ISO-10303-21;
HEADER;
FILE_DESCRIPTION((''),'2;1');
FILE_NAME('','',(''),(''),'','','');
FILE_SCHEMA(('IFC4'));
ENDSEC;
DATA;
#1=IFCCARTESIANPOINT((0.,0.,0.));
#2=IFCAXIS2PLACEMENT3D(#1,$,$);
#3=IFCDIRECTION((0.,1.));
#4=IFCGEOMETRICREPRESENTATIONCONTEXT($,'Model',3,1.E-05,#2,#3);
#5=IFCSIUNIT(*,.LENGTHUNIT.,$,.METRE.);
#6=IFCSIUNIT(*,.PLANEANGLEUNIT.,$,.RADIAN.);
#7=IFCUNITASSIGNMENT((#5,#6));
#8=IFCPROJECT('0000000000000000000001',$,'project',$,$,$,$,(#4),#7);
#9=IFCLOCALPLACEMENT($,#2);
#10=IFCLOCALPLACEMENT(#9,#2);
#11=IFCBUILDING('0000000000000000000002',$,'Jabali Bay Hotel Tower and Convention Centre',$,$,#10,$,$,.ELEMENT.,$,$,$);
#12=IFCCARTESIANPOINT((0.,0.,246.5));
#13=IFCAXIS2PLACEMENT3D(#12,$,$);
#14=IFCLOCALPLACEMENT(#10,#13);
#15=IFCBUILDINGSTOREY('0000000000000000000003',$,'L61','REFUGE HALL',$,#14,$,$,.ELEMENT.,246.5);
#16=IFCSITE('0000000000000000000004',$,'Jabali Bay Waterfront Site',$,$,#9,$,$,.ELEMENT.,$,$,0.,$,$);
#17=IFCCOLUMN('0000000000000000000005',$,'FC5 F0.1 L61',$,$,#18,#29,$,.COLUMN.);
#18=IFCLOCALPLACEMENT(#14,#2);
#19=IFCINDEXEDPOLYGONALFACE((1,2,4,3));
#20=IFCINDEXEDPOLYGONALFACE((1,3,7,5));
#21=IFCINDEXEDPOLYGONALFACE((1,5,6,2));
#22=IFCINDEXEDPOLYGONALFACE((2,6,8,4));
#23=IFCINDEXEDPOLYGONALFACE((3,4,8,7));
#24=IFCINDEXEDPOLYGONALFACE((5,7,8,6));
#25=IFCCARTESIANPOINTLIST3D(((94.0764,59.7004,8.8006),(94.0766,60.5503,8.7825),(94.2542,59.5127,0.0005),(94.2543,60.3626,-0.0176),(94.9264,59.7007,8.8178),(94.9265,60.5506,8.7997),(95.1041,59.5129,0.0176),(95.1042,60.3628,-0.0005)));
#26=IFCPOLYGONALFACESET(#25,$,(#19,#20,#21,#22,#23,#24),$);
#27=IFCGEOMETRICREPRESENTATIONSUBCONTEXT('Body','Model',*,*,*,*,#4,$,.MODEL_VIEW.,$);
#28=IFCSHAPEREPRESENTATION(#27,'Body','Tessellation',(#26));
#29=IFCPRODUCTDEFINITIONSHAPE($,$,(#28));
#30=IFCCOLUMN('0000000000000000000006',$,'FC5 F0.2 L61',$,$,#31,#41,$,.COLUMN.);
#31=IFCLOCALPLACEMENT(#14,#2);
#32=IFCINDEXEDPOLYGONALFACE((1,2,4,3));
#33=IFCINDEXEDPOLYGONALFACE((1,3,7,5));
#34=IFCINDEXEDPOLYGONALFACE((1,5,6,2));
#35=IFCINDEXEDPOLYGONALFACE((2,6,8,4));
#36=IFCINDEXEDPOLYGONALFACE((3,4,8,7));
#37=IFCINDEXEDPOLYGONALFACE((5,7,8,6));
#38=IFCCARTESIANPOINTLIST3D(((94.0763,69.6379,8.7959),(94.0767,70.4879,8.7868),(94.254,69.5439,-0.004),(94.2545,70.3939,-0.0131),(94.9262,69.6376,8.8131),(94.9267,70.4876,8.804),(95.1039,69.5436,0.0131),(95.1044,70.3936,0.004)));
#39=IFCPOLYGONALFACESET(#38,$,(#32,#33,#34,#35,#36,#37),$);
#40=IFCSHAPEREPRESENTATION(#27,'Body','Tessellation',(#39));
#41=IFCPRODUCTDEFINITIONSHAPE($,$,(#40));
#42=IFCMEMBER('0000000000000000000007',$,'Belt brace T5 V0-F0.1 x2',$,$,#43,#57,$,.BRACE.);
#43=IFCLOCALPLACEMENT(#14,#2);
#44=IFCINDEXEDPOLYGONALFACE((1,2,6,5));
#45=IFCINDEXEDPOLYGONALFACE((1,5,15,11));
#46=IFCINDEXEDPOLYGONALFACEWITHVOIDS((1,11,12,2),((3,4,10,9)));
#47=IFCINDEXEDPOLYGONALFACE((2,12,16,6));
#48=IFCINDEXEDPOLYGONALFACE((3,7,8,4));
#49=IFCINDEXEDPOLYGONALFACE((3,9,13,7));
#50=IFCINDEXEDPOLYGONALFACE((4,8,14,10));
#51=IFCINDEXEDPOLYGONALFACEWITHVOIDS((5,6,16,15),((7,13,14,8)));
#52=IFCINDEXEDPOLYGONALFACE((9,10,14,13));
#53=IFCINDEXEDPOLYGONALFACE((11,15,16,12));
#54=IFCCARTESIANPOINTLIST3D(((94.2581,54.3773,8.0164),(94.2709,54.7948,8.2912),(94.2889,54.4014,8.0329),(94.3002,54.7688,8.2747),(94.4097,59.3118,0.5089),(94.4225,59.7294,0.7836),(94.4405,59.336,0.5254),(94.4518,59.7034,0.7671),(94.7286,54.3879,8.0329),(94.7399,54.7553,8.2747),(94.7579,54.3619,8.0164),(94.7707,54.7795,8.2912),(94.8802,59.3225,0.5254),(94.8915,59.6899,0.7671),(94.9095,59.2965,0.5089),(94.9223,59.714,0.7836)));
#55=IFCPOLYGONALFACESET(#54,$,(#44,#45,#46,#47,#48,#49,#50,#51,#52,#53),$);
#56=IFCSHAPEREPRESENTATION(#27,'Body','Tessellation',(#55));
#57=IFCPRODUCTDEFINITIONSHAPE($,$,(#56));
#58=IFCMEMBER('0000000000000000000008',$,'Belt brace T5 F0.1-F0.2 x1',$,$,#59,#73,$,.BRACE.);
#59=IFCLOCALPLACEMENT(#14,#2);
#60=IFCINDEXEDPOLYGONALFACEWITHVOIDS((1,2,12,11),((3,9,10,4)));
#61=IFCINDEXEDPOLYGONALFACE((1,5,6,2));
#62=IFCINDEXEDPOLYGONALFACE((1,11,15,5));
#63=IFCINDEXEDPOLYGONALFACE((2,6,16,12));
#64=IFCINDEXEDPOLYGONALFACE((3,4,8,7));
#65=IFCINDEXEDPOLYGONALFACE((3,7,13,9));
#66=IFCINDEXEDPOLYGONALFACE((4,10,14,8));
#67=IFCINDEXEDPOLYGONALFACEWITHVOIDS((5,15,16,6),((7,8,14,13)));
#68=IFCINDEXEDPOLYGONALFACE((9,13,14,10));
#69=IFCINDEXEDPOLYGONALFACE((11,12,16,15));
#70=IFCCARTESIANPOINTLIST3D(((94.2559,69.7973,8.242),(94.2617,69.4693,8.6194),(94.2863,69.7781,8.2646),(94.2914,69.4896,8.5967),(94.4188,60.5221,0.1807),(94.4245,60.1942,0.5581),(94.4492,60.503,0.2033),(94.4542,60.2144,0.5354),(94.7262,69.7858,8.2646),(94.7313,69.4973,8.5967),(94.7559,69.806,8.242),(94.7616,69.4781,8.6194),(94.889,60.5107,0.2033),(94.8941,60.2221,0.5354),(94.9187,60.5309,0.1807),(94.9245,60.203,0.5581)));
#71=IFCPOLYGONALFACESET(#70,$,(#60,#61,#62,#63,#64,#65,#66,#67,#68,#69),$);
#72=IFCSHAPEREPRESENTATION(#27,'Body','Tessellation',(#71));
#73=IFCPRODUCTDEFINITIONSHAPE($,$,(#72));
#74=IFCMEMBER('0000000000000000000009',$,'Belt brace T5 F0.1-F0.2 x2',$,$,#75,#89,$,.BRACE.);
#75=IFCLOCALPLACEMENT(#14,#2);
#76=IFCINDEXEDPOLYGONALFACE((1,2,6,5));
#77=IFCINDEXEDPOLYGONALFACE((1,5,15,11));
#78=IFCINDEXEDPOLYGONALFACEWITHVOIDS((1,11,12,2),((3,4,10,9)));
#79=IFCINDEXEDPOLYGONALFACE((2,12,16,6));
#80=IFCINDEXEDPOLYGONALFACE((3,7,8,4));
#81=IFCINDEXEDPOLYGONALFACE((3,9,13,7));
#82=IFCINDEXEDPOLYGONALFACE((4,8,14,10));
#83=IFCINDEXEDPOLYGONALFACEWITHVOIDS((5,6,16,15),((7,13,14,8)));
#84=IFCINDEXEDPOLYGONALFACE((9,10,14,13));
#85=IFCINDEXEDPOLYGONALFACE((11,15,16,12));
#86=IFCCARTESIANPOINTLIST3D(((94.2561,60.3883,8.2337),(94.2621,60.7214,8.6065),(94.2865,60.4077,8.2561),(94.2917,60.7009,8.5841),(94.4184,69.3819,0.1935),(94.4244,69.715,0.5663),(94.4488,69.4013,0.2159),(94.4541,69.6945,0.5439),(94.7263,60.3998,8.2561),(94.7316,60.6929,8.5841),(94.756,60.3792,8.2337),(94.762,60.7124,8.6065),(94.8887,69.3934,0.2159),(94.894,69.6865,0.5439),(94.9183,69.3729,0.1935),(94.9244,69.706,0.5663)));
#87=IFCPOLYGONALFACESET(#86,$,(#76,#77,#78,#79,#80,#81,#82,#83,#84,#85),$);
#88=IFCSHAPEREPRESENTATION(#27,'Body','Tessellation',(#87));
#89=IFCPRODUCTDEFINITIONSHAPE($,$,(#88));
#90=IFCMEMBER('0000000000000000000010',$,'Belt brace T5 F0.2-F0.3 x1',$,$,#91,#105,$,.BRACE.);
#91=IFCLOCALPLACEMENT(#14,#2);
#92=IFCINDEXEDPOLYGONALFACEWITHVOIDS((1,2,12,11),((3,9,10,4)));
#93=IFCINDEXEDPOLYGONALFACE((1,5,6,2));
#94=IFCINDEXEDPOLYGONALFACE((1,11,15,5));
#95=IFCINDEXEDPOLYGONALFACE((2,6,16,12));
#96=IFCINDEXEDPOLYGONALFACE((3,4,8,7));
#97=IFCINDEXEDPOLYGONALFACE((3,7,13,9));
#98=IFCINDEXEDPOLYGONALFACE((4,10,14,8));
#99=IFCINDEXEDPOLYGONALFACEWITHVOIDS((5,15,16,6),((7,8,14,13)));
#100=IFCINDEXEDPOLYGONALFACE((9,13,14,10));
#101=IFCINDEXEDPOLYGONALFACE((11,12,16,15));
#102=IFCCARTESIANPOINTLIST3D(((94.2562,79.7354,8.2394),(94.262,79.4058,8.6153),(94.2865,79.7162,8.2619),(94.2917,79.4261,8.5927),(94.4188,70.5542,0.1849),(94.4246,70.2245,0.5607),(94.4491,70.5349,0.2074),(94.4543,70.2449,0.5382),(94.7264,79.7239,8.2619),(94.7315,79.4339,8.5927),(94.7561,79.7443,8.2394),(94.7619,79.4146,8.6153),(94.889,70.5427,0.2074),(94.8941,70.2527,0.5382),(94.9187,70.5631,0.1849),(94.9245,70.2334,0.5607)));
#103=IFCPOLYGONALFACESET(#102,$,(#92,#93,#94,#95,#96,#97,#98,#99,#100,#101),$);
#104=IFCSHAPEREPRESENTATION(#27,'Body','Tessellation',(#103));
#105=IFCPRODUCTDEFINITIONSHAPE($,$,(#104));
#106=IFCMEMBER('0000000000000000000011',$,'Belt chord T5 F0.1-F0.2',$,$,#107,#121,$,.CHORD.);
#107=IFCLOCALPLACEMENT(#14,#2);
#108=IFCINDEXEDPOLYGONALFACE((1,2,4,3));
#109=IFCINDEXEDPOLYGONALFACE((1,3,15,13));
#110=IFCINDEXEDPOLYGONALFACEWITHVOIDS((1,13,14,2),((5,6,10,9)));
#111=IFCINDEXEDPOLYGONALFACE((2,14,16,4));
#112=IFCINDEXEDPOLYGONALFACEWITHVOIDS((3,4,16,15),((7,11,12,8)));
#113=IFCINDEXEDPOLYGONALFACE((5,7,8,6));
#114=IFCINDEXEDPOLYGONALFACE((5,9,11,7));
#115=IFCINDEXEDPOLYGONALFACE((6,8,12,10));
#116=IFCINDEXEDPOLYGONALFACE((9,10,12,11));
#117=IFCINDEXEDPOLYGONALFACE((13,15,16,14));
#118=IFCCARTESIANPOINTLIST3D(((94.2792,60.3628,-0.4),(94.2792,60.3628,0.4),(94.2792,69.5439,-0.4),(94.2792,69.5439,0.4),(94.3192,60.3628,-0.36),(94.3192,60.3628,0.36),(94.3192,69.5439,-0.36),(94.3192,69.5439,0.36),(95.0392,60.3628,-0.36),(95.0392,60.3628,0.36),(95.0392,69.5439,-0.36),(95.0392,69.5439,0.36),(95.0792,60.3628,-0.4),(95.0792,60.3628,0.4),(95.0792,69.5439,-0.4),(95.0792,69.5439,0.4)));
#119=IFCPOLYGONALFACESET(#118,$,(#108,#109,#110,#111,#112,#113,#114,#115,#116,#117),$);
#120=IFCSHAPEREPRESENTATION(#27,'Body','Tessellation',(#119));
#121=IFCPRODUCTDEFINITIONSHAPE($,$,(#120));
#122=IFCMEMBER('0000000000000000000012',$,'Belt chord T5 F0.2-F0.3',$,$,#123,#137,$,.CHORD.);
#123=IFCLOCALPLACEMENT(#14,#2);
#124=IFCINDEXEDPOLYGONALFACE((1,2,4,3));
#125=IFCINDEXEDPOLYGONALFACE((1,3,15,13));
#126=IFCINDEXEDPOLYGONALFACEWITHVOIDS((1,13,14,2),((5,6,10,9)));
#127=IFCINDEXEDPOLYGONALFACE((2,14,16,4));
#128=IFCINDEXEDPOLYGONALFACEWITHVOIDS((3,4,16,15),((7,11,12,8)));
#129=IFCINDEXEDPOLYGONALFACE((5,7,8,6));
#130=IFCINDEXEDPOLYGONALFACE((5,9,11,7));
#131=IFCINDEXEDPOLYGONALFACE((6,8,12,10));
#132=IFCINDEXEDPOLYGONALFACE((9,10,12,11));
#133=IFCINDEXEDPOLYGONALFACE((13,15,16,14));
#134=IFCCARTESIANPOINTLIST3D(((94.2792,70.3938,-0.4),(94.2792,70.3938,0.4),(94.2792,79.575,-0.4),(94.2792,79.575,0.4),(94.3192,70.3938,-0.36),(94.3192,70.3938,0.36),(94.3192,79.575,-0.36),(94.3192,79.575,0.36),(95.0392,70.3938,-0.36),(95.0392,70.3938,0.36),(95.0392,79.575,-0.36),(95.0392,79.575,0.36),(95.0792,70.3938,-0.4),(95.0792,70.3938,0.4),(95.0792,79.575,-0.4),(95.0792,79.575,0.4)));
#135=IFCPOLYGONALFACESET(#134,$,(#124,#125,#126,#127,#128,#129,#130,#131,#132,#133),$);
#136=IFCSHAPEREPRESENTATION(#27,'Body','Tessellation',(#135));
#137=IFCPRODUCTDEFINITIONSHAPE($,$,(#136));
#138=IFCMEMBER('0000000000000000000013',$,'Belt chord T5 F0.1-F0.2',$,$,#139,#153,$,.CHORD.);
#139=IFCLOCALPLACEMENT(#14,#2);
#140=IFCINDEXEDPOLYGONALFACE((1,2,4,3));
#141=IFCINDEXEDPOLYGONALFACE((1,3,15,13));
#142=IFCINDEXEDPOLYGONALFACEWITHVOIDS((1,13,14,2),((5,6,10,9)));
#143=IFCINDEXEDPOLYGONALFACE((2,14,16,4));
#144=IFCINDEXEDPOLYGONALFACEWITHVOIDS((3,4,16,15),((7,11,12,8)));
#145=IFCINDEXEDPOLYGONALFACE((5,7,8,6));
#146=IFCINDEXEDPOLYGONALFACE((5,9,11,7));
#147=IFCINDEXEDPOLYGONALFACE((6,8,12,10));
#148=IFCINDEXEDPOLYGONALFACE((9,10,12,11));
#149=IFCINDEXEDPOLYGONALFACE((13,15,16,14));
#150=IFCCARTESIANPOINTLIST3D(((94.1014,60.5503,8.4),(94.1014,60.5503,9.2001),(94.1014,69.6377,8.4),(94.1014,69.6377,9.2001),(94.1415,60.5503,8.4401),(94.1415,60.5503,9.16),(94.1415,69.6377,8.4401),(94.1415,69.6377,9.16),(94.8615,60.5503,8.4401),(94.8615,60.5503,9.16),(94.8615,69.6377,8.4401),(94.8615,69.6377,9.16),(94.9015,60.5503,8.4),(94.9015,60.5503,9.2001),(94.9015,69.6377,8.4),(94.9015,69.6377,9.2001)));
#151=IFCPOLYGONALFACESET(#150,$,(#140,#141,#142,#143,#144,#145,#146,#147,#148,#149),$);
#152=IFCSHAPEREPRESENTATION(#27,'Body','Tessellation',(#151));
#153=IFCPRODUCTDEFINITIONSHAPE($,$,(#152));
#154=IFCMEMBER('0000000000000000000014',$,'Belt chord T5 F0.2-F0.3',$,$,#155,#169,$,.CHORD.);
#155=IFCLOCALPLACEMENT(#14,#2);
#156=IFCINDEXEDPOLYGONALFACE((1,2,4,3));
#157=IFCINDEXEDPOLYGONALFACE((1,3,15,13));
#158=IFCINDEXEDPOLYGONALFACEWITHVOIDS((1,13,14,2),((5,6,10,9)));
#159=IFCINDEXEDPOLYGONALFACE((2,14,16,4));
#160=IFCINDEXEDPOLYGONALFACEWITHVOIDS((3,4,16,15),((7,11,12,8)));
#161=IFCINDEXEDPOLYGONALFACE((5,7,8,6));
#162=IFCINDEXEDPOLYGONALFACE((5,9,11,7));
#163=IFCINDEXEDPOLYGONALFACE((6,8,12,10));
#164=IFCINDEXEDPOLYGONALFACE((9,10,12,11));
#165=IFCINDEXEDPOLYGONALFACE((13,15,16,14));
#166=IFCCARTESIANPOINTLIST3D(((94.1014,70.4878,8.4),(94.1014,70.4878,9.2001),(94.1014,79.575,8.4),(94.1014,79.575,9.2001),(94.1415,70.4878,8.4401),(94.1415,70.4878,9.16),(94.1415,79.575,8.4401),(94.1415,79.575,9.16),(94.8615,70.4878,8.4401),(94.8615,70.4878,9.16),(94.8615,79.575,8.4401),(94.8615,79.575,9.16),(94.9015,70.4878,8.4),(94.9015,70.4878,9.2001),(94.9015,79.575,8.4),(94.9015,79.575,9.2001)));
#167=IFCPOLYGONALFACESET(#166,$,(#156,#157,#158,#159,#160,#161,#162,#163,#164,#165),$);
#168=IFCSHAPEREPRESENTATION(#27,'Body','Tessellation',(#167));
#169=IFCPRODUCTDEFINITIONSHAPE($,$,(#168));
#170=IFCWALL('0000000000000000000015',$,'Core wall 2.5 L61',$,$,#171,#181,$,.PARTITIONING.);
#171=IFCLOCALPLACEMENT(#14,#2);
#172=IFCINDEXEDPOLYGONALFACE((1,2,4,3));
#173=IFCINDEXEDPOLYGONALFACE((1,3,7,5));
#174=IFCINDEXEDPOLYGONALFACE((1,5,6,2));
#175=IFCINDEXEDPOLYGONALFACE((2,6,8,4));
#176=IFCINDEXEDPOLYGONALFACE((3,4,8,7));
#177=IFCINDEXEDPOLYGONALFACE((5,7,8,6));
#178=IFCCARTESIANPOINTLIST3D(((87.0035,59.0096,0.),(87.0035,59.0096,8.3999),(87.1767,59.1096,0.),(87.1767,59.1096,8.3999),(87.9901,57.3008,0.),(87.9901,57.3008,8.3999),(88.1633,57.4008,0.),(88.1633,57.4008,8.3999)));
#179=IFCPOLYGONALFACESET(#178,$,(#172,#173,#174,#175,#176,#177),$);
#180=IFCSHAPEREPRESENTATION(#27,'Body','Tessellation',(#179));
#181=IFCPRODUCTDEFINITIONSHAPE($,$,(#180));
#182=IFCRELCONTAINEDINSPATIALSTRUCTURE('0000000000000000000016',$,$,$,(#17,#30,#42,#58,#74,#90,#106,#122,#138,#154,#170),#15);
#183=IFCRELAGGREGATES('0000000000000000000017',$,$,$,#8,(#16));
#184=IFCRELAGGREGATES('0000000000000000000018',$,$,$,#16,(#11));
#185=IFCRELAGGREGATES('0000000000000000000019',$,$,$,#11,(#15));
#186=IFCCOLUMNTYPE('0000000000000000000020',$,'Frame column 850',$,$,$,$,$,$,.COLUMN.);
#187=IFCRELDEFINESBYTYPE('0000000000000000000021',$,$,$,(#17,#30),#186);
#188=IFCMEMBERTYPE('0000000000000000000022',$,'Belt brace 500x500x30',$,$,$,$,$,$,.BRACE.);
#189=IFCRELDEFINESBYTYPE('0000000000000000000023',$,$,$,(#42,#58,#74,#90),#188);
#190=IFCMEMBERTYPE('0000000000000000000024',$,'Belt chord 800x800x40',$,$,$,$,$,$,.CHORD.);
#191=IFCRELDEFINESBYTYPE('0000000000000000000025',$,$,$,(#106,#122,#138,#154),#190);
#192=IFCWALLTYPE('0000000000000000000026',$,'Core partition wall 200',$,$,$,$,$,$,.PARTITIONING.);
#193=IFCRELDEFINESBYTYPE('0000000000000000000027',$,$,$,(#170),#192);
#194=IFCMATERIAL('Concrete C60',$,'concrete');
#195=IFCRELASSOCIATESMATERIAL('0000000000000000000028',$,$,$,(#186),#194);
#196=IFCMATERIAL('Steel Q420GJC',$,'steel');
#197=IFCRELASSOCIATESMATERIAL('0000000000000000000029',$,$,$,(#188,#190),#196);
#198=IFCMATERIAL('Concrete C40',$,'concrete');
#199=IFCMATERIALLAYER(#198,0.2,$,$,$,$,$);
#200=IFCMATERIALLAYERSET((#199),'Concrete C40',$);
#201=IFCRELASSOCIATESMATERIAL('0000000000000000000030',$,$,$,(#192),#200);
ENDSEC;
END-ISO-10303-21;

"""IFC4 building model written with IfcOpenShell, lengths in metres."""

from ifc_helpers import new_model, si_unit, direction, frame, frame_2d, origin, origin_2d, place, context, subcontext, project, spatial, rectangle, hollow_rectangle, extrude, material, layer, layer_set, material_profile, profile_set, type_object, element, save


model = new_model("IFC4")

# Units and contexts
model_context = context("Model", 3, precision=1e-05, world=origin(), true_north=direction((0.0, 1.0)))
body_context = subcontext(model_context, "Body", "Model", "MODEL_VIEW")
ifc_project = project(units=[si_unit("LENGTHUNIT", "METRE"), si_unit("PLANEANGLEUNIT", "RADIAN")], contexts=[model_context])

# Site, building, storey
site_placement = place(None, origin())
site = spatial("IfcSite", under=ifc_project, at=site_placement, Name="Jabali Bay Waterfront Site", CompositionType="ELEMENT", RefElevation=0.0)
building_placement = place(site_placement, origin())
building = spatial("IfcBuilding", under=site, at=building_placement, Name="Jabali Bay Hotel Tower and Convention Centre", CompositionType="ELEMENT")
storey_placement = place(building_placement, frame((0.0, 0.0, 246.5)))
storey = spatial("IfcBuildingStorey", under=building, at=storey_placement, Name="L61", Description="REFUGE HALL", CompositionType="ELEMENT", Elevation=246.5)

# Columns
ifc_material_1 = material(Name="Concrete C60", Category="concrete")
ifc_material_profile_1 = material_profile(ifc_material_1, rectangle(XDim=0.8501, YDim=0.8501, at=origin_2d()), Name="Frame column 850")
ifc_profile_set_1 = profile_set([ifc_material_profile_1], Name="Concrete C60")
column_type = type_object("IfcColumnType", Name="Frame column 850", PredefinedType="COLUMN", material=ifc_profile_set_1)
column_1_placement = place(storey_placement, frame((94.6792, 59.9377, 0.0), z_axis=(-0.020188, 0.021325, 0.999569), x_axis=(-0.000135, -0.999773, 0.021327)))
element("IfcColumn", 1, at=column_1_placement, inside=storey, type_object=column_type, Name="FC5 F0.1 L61", PredefinedType="COLUMN", context=body_context, shape_type="SweptSolid", body=[
    extrude(rectangle(XDim=0.8501, YDim=0.8501, at=origin_2d()), origin(), (0.0, 0.0, 1.0), 8.804),
])
column_2_placement = place(storey_placement, frame((94.6792, 69.9688, 0.0), z_axis=(-0.020192, 0.010678, 0.999739), x_axis=(-0.000576, -0.999943, 0.010669)))
element("IfcColumn", 2, at=column_2_placement, inside=storey, type_object=column_type, Name="FC5 F0.2 L61", PredefinedType="COLUMN", context=body_context, shape_type="SweptSolid", body=[
    extrude(rectangle(XDim=0.8501, YDim=0.8501, at=origin_2d()), origin(), (0.0, 0.0, 1.0), 8.8022),
])

# Members
ifc_material_2 = material(Name="Steel Q420GJC", Category="steel")
ifc_material_profile_2 = material_profile(ifc_material_2, hollow_rectangle(XDim=0.5, YDim=0.5, WallThickness=0.03, at=origin_2d()), Name="Belt brace 500x500x30")
ifc_profile_set_2 = profile_set([ifc_material_profile_2], Name="Steel Q420GJC")
member_type_1 = type_object("IfcMemberType", Name="Belt brace 500x500x30", PredefinedType="BRACE", material=ifc_profile_set_2)
member_1_placement = place(storey_placement, frame((94.666, 59.5129, 0.6462), z_axis=(-0.016873, -0.549179, 0.835534), x_axis=(0.999528, -0.03071, 0.0)))
element("IfcMember", 3, at=member_1_placement, inside=storey, type_object=member_type_1, Name="Belt brace T5 V0-F0.1 x2", PredefinedType="BRACE", context=body_context, shape_type="SweptSolid", body=[
    extrude(hollow_rectangle(XDim=0.5, YDim=0.5, WallThickness=0.03, at=origin_2d()), origin(), (0.0, 0.0, 1.0), 8.9854),
])
member_2_placement = place(storey_placement, frame((94.6716, 60.3625, 0.3694), z_axis=(-0.01325, 0.754703, 0.655933), x_axis=(-0.999846, -0.017554, 0.0)))
element("IfcMember", 4, at=member_2_placement, inside=storey, type_object=member_type_1, Name="Belt brace T5 F0.1-F0.2 x1", PredefinedType="BRACE", context=body_context, shape_type="SweptSolid", body=[
    extrude(hollow_rectangle(XDim=0.5, YDim=0.5, WallThickness=0.03, at=origin_2d()), origin(), (0.0, 0.0, 1.0), 12.2898),
])
member_3_placement = place(storey_placement, frame((94.6714, 69.5439, 0.3799), z_axis=(-0.013457, -0.745448, 0.666427), x_axis=(0.999837, -0.018049, 0.0)))
element("IfcMember", 5, at=member_3_placement, inside=storey, type_object=member_type_1, Name="Belt brace T5 F0.1-F0.2 x2", PredefinedType="BRACE", context=body_context, shape_type="SweptSolid", body=[
    extrude(hollow_rectangle(XDim=0.5, YDim=0.5, WallThickness=0.03, at=origin_2d()), origin(), (0.0, 0.0, 1.0), 12.0647),
])
member_4_placement = place(storey_placement, frame((94.6716, 70.3938, 0.3728), z_axis=(-0.013312, 0.75166, 0.659416), x_axis=(-0.999843, -0.017707, 0.0)))
element("IfcMember", 6, at=member_4_placement, inside=storey, type_object=member_type_1, Name="Belt brace T5 F0.2-F0.3 x1", PredefinedType="BRACE", context=body_context, shape_type="SweptSolid", body=[
    extrude(hollow_rectangle(XDim=0.5, YDim=0.5, WallThickness=0.03, at=origin_2d()), origin(), (0.0, 0.0, 1.0), 12.2146),
])
ifc_material_profile_3 = material_profile(ifc_material_2, hollow_rectangle(XDim=0.8, YDim=0.8, WallThickness=0.04, at=origin_2d()), Name="Belt chord 800x800x40")
ifc_profile_set_3 = profile_set([ifc_material_profile_3], Name="Steel Q420GJC")
member_type_2 = type_object("IfcMemberType", Name="Belt chord 800x800x40", PredefinedType="CHORD", material=ifc_profile_set_3)
for number, where, z_axis, x_axis, name in (
    (7, (94.6792, 60.3628, 0.0), (0.0, 1.0, 0.0), (-1.0, 0.0, 0.0), "Belt chord T5 F0.1-F0.2"),
    (8, (94.6792, 70.3938, 0.0), (0.0, 1.0, 0.0), (-1.0, 0.0, 0.0), "Belt chord T5 F0.2-F0.3"),
):
    element("IfcMember", number, at=place(storey_placement, frame(where, z_axis=z_axis, x_axis=x_axis)), inside=storey, type_object=member_type_2, Name=name, PredefinedType="CHORD", context=body_context, shape_type="SweptSolid", body=[
        extrude(hollow_rectangle(XDim=0.8, YDim=0.8, WallThickness=0.04, at=origin_2d()), origin(), (0.0, 0.0, 1.0), 9.1812),
    ])
member_5_placement = place(storey_placement, frame((94.5015, 60.5503, 8.8), z_axis=(0.0, 1.0, 0.0), x_axis=(-1.0, 0.0, 0.0)))
element("IfcMember", 9, at=member_5_placement, inside=storey, type_object=member_type_2, Name="Belt chord T5 F0.1-F0.2", PredefinedType="CHORD", context=body_context, shape_type="SweptSolid", body=[
    extrude(hollow_rectangle(XDim=0.8, YDim=0.8, WallThickness=0.04, at=origin_2d()), origin(), (0.0, 0.0, 1.0), 9.0874),
])
member_6_placement = place(storey_placement, frame((94.5015, 70.4878, 8.8), z_axis=(0.0, 1.0, 0.0), x_axis=(-1.0, 0.0, 0.0)))
element("IfcMember", 10, at=member_6_placement, inside=storey, type_object=member_type_2, Name="Belt chord T5 F0.2-F0.3", PredefinedType="CHORD", context=body_context, shape_type="SweptSolid", body=[
    extrude(hollow_rectangle(XDim=0.8, YDim=0.8, WallThickness=0.04, at=origin_2d()), origin(), (0.0, 0.0, 1.0), 9.0872),
])

# Wall
ifc_material_3 = material(Name="Concrete C40", Category="concrete")
ifc_layer_1 = layer(ifc_material_3, 0.2)
ifc_layer_set_1 = layer_set([ifc_layer_1], Name="Concrete C40")
wall_type_1 = type_object("IfcWallType", Name="Core partition wall 200", PredefinedType="PARTITIONING", material=ifc_layer_set_1)
wall_1_placement = place(storey_placement, frame((87.0901, 59.0596, 0.0), z_axis=(0.0, 0.0, 1.0), x_axis=(0.500012, -0.866019, 0.0)))
element("IfcWall", 11, at=wall_1_placement, inside=storey, type_object=wall_type_1, Name="Core wall 2.5 L61", PredefinedType="PARTITIONING", context=body_context, shape_type="SweptSolid", body=[
    extrude(rectangle(XDim=1.9731, YDim=0.2, at=frame_2d((0.9866, 0.0))), origin(), (0.0, 0.0, 1.0), 8.3999),
])

save(model, "model.ifc")
